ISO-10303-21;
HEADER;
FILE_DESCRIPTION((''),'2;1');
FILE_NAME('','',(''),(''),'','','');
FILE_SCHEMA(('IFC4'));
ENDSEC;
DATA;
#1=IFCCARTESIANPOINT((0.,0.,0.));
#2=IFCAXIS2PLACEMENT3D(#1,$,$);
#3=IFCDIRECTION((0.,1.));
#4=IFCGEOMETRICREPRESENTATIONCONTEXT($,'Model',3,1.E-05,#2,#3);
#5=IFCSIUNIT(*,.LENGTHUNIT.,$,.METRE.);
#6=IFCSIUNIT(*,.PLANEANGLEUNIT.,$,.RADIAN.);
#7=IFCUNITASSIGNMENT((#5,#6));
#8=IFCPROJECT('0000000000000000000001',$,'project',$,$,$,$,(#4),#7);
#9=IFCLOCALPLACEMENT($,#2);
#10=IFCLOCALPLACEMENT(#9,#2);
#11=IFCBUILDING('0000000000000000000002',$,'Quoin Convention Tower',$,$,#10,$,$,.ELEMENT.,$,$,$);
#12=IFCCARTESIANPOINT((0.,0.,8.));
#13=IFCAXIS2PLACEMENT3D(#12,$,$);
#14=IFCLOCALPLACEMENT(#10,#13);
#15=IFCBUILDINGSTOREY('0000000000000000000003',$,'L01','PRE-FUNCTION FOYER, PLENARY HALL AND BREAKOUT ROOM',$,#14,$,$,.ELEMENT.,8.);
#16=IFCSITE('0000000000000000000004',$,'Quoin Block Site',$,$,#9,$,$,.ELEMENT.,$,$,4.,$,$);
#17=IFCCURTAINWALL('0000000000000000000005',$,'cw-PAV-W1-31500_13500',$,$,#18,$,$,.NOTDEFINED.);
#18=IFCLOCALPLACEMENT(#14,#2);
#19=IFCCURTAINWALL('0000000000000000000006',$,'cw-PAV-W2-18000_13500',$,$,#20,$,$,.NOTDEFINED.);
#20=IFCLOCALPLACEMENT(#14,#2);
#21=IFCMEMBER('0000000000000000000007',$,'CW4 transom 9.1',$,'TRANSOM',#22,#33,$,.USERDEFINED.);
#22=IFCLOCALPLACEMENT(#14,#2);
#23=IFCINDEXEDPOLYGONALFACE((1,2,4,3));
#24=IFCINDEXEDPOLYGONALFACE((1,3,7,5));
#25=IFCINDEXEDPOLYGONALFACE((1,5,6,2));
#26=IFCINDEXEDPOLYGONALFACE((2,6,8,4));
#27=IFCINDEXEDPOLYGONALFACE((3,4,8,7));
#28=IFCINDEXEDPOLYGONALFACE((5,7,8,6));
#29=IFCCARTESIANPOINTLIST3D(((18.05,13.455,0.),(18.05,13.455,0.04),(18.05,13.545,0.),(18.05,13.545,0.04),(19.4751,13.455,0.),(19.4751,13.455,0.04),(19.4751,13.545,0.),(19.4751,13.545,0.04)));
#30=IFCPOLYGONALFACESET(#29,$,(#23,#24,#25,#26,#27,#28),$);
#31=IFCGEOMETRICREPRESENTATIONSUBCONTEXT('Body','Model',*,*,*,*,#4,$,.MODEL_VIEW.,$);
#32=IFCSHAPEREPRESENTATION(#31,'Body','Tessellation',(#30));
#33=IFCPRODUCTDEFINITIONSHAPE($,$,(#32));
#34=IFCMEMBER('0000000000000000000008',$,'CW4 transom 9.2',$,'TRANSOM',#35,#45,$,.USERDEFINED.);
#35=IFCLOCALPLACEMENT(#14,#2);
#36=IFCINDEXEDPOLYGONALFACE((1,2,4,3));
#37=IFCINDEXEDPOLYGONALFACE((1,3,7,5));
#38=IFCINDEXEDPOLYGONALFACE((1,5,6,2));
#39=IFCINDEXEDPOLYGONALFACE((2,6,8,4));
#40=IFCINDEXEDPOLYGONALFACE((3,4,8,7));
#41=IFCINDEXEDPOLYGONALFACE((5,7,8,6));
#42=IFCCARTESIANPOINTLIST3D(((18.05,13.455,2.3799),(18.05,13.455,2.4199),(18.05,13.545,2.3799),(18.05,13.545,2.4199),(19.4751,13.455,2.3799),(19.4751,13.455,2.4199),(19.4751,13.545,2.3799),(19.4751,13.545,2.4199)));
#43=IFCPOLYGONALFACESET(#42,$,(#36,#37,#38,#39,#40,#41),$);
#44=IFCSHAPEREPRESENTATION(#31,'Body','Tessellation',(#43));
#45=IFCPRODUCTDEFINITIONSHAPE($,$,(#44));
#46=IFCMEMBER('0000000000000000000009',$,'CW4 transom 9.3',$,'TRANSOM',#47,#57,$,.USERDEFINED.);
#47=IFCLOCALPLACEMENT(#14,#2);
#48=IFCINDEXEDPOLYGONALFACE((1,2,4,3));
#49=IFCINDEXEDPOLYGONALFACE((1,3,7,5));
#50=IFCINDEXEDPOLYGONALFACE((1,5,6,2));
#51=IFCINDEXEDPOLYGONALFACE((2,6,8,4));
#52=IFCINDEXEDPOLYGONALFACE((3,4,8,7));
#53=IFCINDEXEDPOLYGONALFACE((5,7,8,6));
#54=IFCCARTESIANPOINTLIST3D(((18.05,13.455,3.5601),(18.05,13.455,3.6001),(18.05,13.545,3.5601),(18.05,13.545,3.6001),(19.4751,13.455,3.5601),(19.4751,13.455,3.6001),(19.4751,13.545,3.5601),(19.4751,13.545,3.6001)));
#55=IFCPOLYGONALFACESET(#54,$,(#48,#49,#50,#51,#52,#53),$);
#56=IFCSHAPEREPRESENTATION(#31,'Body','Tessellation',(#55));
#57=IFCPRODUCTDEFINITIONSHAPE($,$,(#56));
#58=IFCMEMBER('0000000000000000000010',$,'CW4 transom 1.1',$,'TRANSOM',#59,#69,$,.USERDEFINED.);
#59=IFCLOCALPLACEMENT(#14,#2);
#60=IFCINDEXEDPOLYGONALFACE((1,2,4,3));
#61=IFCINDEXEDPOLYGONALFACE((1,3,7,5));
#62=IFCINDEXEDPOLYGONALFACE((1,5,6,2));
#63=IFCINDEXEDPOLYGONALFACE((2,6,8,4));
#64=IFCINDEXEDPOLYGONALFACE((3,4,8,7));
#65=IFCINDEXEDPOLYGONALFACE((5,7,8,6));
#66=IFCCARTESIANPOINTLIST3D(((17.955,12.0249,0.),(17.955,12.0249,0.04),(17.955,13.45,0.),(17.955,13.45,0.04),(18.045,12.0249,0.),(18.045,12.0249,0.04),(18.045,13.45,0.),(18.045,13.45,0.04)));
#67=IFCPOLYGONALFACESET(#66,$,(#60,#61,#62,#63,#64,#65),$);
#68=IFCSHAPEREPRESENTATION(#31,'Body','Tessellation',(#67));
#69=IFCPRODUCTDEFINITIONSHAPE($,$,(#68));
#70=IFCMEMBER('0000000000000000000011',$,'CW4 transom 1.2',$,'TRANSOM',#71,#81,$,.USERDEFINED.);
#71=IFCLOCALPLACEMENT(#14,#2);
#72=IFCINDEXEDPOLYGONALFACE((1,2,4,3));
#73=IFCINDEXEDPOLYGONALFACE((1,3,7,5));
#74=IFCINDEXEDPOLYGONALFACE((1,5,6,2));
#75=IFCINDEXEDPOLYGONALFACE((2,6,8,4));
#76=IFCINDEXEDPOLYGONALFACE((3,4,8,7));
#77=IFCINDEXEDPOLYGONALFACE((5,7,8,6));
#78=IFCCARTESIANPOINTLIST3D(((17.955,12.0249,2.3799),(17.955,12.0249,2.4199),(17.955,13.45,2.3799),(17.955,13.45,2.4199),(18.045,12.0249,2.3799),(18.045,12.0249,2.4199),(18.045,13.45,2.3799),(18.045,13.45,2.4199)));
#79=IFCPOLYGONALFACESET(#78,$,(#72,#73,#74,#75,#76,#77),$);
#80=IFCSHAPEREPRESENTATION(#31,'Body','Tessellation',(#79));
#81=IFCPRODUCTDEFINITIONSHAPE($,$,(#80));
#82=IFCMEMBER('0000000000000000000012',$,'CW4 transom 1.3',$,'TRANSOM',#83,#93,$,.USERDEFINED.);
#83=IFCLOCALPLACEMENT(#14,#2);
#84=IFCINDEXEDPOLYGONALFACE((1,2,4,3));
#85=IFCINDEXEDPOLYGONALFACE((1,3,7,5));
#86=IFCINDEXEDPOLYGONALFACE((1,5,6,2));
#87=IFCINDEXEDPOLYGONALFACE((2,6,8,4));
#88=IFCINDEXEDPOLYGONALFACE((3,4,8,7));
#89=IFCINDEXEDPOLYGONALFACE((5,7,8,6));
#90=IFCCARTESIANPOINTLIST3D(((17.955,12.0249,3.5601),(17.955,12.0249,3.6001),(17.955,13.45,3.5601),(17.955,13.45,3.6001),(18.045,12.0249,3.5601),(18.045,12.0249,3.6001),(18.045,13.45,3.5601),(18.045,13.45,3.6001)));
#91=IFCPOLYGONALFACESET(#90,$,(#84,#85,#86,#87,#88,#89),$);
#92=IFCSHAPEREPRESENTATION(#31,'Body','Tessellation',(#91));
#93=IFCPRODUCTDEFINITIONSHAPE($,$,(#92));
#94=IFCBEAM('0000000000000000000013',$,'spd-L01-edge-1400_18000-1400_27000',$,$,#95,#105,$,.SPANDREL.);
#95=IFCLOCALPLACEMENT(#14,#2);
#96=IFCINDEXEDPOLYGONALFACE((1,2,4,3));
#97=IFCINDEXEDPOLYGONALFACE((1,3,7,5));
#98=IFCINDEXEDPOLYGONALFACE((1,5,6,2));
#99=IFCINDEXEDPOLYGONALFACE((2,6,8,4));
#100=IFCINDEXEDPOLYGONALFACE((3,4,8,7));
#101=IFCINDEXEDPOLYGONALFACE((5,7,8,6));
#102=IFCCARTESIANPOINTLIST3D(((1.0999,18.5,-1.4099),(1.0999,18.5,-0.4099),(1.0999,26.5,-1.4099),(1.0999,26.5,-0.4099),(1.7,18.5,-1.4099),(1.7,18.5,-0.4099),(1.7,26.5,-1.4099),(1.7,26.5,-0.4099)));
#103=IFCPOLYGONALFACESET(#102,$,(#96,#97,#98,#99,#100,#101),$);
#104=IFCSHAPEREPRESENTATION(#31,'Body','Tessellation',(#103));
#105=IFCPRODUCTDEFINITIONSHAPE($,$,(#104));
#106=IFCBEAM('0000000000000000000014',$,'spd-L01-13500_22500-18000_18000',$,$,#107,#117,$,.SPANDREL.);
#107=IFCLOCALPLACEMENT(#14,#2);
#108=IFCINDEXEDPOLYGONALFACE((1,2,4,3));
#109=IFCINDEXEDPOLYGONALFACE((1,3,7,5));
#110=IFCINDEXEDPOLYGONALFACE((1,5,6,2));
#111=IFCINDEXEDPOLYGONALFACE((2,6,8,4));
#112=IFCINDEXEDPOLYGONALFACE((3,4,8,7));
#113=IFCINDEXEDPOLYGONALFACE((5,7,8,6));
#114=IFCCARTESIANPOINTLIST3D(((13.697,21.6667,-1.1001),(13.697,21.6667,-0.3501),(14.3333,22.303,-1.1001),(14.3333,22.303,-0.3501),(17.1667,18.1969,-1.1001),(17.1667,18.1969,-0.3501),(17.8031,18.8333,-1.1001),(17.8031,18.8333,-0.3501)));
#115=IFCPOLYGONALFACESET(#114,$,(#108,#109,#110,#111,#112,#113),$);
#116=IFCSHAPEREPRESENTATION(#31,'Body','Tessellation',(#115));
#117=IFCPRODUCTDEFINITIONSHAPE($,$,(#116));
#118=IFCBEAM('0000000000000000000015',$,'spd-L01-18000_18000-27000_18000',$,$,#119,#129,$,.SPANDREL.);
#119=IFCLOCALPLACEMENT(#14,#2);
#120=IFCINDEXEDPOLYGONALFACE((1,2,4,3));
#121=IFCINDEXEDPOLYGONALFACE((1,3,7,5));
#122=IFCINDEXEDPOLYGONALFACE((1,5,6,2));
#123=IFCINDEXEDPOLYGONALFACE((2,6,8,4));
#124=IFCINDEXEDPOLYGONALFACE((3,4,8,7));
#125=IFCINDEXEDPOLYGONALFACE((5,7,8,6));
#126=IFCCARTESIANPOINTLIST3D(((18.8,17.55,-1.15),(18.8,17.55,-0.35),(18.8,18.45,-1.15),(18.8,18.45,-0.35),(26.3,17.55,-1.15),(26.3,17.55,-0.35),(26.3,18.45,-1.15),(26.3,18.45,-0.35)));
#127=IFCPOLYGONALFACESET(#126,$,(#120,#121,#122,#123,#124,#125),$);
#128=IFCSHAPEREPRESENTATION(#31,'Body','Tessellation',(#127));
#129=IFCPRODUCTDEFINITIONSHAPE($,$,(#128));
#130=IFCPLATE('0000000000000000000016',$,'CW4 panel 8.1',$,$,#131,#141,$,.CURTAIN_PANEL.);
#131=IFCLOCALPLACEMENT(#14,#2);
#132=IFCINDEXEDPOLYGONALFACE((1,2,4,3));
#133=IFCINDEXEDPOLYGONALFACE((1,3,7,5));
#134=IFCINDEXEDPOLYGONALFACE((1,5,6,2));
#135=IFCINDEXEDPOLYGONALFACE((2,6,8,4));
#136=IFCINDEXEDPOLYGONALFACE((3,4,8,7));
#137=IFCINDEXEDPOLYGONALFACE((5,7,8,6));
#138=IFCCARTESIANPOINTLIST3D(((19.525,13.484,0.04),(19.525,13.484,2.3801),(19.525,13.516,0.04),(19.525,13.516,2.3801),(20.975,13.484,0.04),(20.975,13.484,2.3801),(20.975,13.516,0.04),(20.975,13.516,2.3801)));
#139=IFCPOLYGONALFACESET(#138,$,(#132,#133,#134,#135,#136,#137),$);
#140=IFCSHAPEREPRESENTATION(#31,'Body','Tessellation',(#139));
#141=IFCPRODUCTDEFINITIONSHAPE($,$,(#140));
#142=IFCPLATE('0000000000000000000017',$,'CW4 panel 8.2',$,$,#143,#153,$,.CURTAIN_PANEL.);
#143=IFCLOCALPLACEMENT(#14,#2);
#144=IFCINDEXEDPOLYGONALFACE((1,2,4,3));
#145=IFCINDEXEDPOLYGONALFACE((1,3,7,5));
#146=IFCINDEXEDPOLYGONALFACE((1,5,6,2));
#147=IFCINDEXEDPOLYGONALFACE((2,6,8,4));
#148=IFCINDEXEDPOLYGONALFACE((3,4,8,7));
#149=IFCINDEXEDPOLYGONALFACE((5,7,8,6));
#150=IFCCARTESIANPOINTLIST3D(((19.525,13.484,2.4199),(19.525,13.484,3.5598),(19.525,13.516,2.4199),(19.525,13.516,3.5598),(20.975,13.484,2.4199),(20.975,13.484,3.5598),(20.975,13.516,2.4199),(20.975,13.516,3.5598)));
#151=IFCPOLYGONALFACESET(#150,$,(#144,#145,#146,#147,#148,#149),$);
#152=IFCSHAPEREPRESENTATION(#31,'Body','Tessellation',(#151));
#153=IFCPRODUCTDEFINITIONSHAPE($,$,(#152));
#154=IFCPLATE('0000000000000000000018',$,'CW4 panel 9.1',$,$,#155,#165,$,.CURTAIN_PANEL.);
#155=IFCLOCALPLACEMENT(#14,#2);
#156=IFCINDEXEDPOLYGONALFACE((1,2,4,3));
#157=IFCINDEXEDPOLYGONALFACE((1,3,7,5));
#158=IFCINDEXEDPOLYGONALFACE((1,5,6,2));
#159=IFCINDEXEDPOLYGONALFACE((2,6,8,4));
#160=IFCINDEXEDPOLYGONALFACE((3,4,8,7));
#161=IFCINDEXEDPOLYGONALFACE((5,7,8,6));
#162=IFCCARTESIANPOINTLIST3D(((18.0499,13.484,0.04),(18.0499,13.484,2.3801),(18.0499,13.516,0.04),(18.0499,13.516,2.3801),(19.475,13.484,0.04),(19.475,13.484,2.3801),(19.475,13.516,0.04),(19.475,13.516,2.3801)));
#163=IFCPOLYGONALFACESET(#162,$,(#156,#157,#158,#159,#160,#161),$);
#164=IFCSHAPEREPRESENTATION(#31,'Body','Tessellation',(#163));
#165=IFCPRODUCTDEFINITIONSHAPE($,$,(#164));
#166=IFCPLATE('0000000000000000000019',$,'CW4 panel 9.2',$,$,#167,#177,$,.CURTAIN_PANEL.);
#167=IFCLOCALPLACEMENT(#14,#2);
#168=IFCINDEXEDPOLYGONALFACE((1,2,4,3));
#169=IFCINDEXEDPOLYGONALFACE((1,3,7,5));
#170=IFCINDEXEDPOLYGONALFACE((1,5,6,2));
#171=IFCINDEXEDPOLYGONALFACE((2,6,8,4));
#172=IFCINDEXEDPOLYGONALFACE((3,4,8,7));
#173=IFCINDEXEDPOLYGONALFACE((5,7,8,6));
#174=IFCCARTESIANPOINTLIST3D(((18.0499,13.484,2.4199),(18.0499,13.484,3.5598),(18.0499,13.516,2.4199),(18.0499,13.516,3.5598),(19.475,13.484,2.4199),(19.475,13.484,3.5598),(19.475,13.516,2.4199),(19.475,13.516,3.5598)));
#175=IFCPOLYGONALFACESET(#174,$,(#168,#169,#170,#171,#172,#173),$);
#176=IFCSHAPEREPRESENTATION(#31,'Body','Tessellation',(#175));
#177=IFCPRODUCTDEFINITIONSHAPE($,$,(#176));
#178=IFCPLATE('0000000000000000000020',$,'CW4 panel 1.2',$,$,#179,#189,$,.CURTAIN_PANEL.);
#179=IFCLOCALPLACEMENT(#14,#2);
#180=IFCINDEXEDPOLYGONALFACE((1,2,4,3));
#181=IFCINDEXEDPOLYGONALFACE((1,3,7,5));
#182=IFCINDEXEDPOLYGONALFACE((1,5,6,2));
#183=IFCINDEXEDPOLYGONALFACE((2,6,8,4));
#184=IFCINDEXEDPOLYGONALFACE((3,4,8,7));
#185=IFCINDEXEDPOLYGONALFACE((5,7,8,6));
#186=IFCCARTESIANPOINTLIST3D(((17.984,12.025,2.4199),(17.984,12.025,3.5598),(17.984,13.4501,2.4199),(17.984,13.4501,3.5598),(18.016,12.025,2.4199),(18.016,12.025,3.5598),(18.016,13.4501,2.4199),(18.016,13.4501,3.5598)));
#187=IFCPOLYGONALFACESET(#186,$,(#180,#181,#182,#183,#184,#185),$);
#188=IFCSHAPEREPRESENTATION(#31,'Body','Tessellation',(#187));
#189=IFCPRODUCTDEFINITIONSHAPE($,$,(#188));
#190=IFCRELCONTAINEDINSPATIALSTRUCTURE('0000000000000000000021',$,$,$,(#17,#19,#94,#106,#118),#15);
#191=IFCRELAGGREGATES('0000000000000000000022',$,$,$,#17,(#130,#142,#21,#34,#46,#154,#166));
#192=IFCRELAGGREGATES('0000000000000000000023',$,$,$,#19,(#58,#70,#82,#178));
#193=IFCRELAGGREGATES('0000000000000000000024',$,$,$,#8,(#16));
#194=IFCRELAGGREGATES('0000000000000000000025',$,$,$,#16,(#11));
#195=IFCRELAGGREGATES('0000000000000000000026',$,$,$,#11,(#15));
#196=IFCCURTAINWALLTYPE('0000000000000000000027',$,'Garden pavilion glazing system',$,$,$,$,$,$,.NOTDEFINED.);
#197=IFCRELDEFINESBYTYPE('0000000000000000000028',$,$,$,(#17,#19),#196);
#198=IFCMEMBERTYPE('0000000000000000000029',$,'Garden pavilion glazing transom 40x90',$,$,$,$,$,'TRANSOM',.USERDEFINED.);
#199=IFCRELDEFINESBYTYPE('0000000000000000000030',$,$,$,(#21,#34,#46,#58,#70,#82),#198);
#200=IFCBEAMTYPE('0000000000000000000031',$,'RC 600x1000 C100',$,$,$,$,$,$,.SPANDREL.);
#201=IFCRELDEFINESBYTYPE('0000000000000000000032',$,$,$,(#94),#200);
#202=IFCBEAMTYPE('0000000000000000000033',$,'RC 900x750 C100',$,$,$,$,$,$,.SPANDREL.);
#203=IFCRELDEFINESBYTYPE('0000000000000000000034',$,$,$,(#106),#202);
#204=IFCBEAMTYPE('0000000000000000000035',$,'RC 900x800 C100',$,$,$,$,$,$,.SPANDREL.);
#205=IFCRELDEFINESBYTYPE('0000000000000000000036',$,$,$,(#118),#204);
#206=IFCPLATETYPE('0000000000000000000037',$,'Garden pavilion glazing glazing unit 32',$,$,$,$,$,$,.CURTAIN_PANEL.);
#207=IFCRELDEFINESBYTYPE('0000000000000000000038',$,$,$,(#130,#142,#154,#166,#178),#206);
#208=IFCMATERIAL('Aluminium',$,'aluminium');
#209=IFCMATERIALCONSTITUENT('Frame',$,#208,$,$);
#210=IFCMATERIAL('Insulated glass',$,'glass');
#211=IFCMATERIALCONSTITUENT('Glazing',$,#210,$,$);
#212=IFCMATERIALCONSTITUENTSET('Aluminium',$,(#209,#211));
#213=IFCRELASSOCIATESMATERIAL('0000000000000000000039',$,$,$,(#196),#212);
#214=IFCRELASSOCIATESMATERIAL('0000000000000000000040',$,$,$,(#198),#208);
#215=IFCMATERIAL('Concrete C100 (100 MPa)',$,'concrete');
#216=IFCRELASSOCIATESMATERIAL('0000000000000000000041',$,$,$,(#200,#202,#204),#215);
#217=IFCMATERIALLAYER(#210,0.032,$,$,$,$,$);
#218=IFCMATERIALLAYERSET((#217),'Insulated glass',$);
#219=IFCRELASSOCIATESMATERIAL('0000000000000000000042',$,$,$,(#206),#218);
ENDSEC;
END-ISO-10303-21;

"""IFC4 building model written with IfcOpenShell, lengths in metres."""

from ifc_helpers import new_model, si_unit, direction, frame, origin, origin_2d, place, context, subcontext, project, spatial, rectangle, extrude, material, layer, layer_set, constituent, constituent_set, material_profile, profile_set, type_object, element, aggregate, save


model = new_model("IFC4")

# Units and contexts
model_context = context("Model", 3, precision=1e-05, world=origin(), true_north=direction((0.0, 1.0)))
body_context = subcontext(model_context, "Body", "Model", "MODEL_VIEW")
ifc_project = project(units=[si_unit("LENGTHUNIT", "METRE"), si_unit("PLANEANGLEUNIT", "RADIAN")], contexts=[model_context])

# Site, building, storey
site_placement = place(None, origin())
site = spatial("IfcSite", under=ifc_project, at=site_placement, Name="Quoin Block Site", CompositionType="ELEMENT", RefElevation=4.0)
building_placement = place(site_placement, origin())
building = spatial("IfcBuilding", under=site, at=building_placement, Name="Quoin Convention Tower", CompositionType="ELEMENT")
storey_placement = place(building_placement, frame((0.0, 0.0, 8.0)))
storey = spatial("IfcBuildingStorey", under=building, at=storey_placement, Name="L01", Description="PRE-FUNCTION FOYER, PLENARY HALL AND BREAKOUT ROOM", CompositionType="ELEMENT", Elevation=8.0)

# Shared definitions
ifc_material_1 = material(Name="Concrete C100 (100 MPa)", Category="concrete")

# Curtain wall
ifc_material_2 = material(Name="Aluminium", Category="aluminium")
ifc_constituent_1 = constituent(ifc_material_2, Name="Frame")
ifc_material_3 = material(Name="Insulated glass", Category="glass")
ifc_constituent_2 = constituent(ifc_material_3, Name="Glazing")
ifc_constituent_set_1 = constituent_set(constituents=[ifc_constituent_1, ifc_constituent_2], Name="Aluminium")
curtain_wall_type = type_object("IfcCurtainWallType", Name="Garden pavilion glazing system", PredefinedType="NOTDEFINED", material=ifc_constituent_set_1)
curtain_wall_1_placement = place(storey_placement, origin())
curtain_wall_1 = element("IfcCurtainWall", 1, at=curtain_wall_1_placement, inside=storey, type_object=curtain_wall_type, Name="cw-PAV-W1-31500_13500", PredefinedType="NOTDEFINED")

# Curtain wall
curtain_wall_2_placement = place(storey_placement, origin())
curtain_wall_2 = element("IfcCurtainWall", 2, at=curtain_wall_2_placement, inside=storey, type_object=curtain_wall_type, Name="cw-PAV-W2-18000_13500", PredefinedType="NOTDEFINED")

# Members
ifc_material_profile_1 = material_profile(ifc_material_2, rectangle(XDim=0.0901, YDim=0.04, at=origin_2d()), Name="Garden pavilion glazing transom 40x90")
ifc_profile_set_1 = profile_set([ifc_material_profile_1], Name="Aluminium")
member_type_1 = type_object("IfcMemberType", Name="Garden pavilion glazing transom 40x90", ElementType="TRANSOM", PredefinedType="USERDEFINED", material=ifc_profile_set_1)
member_1_placement = place(storey_placement, frame((19.4751, 13.5, 0.02), z_axis=(-1.0, 0.0, 0.0), x_axis=(0.0, -1.0, 0.0)))
member_1 = element("IfcMember", 3, at=member_1_placement, type_object=member_type_1, Name="CW4 transom 9.1", ObjectType="TRANSOM", PredefinedType="USERDEFINED", context=body_context, shape_type="SweptSolid", body=[
    extrude(rectangle(XDim=0.0901, YDim=0.04, at=origin_2d()), origin(), (0.0, 0.0, 1.0), 1.425),
])
member_2_placement = place(storey_placement, frame((19.4751, 13.5, 2.3999), z_axis=(-1.0, 0.0, 0.0), x_axis=(0.0, -1.0, 0.0)))
member_2 = element("IfcMember", 4, at=member_2_placement, type_object=member_type_1, Name="CW4 transom 9.2", ObjectType="TRANSOM", PredefinedType="USERDEFINED", context=body_context, shape_type="SweptSolid", body=[
    extrude(rectangle(XDim=0.0901, YDim=0.04, at=origin_2d()), origin(), (0.0, 0.0, 1.0), 1.425),
])
member_3_placement = place(storey_placement, frame((19.4751, 13.5, 3.5801), z_axis=(-1.0, 0.0, 0.0), x_axis=(0.0, -1.0, 0.0)))
member_3 = element("IfcMember", 5, at=member_3_placement, type_object=member_type_1, Name="CW4 transom 9.3", ObjectType="TRANSOM", PredefinedType="USERDEFINED", context=body_context, shape_type="SweptSolid", body=[
    extrude(rectangle(XDim=0.0901, YDim=0.04, at=origin_2d()), origin(), (0.0, 0.0, 1.0), 1.425),
])
member_4_placement = place(storey_placement, frame((18.0, 13.45, 0.02), z_axis=(0.0, -1.0, 0.0), x_axis=(1.0, 0.0, 0.0)))
member_4 = element("IfcMember", 6, at=member_4_placement, type_object=member_type_1, Name="CW4 transom 1.1", ObjectType="TRANSOM", PredefinedType="USERDEFINED", context=body_context, shape_type="SweptSolid", body=[
    extrude(rectangle(XDim=0.0901, YDim=0.04, at=origin_2d()), origin(), (0.0, 0.0, 1.0), 1.425),
])
member_5_placement = place(storey_placement, frame((18.0, 13.45, 2.3999), z_axis=(0.0, -1.0, 0.0), x_axis=(1.0, 0.0, 0.0)))
member_5 = element("IfcMember", 7, at=member_5_placement, type_object=member_type_1, Name="CW4 transom 1.2", ObjectType="TRANSOM", PredefinedType="USERDEFINED", context=body_context, shape_type="SweptSolid", body=[
    extrude(rectangle(XDim=0.0901, YDim=0.04, at=origin_2d()), origin(), (0.0, 0.0, 1.0), 1.425),
])
member_6_placement = place(storey_placement, frame((18.0, 13.45, 3.5801), z_axis=(0.0, -1.0, 0.0), x_axis=(1.0, 0.0, 0.0)))
member_6 = element("IfcMember", 8, at=member_6_placement, type_object=member_type_1, Name="CW4 transom 1.3", ObjectType="TRANSOM", PredefinedType="USERDEFINED", context=body_context, shape_type="SweptSolid", body=[
    extrude(rectangle(XDim=0.0901, YDim=0.04, at=origin_2d()), origin(), (0.0, 0.0, 1.0), 1.425),
])

# Beams
ifc_material_profile_2 = material_profile(ifc_material_1, rectangle(XDim=0.6001, YDim=1.0, at=origin_2d()), Name="RC 600x1000")
ifc_profile_set_2 = profile_set([ifc_material_profile_2], Name="Concrete C100 (100 MPa)")
beam_type_1 = type_object("IfcBeamType", Name="RC 600x1000 C100", PredefinedType="SPANDREL", material=ifc_profile_set_2)
beam_1_placement = place(storey_placement, frame((1.3999, 18.5, -0.9099), z_axis=(0.0, 1.0, 0.0), x_axis=(-1.0, 0.0, 0.0)))
element("IfcBeam", 9, at=beam_1_placement, inside=storey, type_object=beam_type_1, Name="spd-L01-edge-1400_18000-1400_27000", PredefinedType="SPANDREL", context=body_context, shape_type="SweptSolid", body=[
    extrude(rectangle(XDim=0.6001, YDim=1.0, at=origin_2d()), origin(), (0.0, 0.0, 1.0), 8.0),
])
ifc_material_profile_3 = material_profile(ifc_material_1, rectangle(XDim=0.8999, YDim=0.75, at=origin_2d()), Name="RC 900x750")
ifc_profile_set_3 = profile_set([ifc_material_profile_3], Name="Concrete C100 (100 MPa)")
beam_type_2 = type_object("IfcBeamType", Name="RC 900x750 C100", PredefinedType="SPANDREL", material=ifc_profile_set_3)
beam_2_placement = place(storey_placement, frame((14.0151, 21.9849, -0.7251), z_axis=(0.707107, -0.707107, 0.0), x_axis=(0.707107, 0.707107, 0.0)))
element("IfcBeam", 10, at=beam_2_placement, inside=storey, type_object=beam_type_2, Name="spd-L01-13500_22500-18000_18000", PredefinedType="SPANDREL", context=body_context, shape_type="SweptSolid", body=[
    extrude(rectangle(XDim=0.8999, YDim=0.75, at=origin_2d()), origin(), (0.0, 0.0, 1.0), 4.907),
])
ifc_material_profile_4 = material_profile(ifc_material_1, rectangle(XDim=0.8999, YDim=0.8, at=origin_2d()), Name="RC 900x800")
ifc_profile_set_4 = profile_set([ifc_material_profile_4], Name="Concrete C100 (100 MPa)")
beam_type_3 = type_object("IfcBeamType", Name="RC 900x800 C100", PredefinedType="SPANDREL", material=ifc_profile_set_4)
beam_3_placement = place(storey_placement, frame((18.8, 18.0, -0.75), z_axis=(1.0, 0.0, 0.0), x_axis=(0.0, 1.0, 0.0)))
element("IfcBeam", 11, at=beam_3_placement, inside=storey, type_object=beam_type_3, Name="spd-L01-18000_18000-27000_18000", PredefinedType="SPANDREL", context=body_context, shape_type="SweptSolid", body=[
    extrude(rectangle(XDim=0.8999, YDim=0.8, at=origin_2d()), origin(), (0.0, 0.0, 1.0), 7.5),
])

# Plates
ifc_layer_1 = layer(ifc_material_3, 0.032)
ifc_layer_set_1 = layer_set([ifc_layer_1], Name="Insulated glass")
plate_type = type_object("IfcPlateType", Name="Garden pavilion glazing glazing unit 32", PredefinedType="CURTAIN_PANEL", material=ifc_layer_set_1)
plate_1_placement = place(storey_placement, frame((20.25, 13.5, 0.04), z_axis=(0.0, 0.0, 1.0), x_axis=(-1.0, 0.0, 0.0)))
plate_1 = element("IfcPlate", 12, at=plate_1_placement, type_object=plate_type, Name="CW4 panel 8.1", PredefinedType="CURTAIN_PANEL", context=body_context, shape_type="SweptSolid", body=[
    extrude(rectangle(XDim=1.45, YDim=0.032, at=origin_2d()), origin(), (0.0, 0.0, 1.0), 2.3401),
])
plate_2_placement = place(storey_placement, frame((20.25, 13.5, 2.4199), z_axis=(0.0, 0.0, 1.0), x_axis=(-1.0, 0.0, 0.0)))
plate_2 = element("IfcPlate", 13, at=plate_2_placement, type_object=plate_type, Name="CW4 panel 8.2", PredefinedType="CURTAIN_PANEL", context=body_context, shape_type="SweptSolid", body=[
    extrude(rectangle(XDim=1.45, YDim=0.032, at=origin_2d()), origin(), (0.0, 0.0, 1.0), 1.1399),
])
plate_3_placement = place(storey_placement, frame((18.7625, 13.5, 0.04), z_axis=(0.0, 0.0, 1.0), x_axis=(-1.0, 0.0, 0.0)))
plate_3 = element("IfcPlate", 14, at=plate_3_placement, type_object=plate_type, Name="CW4 panel 9.1", PredefinedType="CURTAIN_PANEL", context=body_context, shape_type="SweptSolid", body=[
    extrude(rectangle(XDim=1.425, YDim=0.032, at=origin_2d()), origin(), (0.0, 0.0, 1.0), 2.3401),
])
plate_4_placement = place(storey_placement, frame((18.7625, 13.5, 2.4199), z_axis=(0.0, 0.0, 1.0), x_axis=(-1.0, 0.0, 0.0)))
plate_4 = element("IfcPlate", 15, at=plate_4_placement, type_object=plate_type, Name="CW4 panel 9.2", PredefinedType="CURTAIN_PANEL", context=body_context, shape_type="SweptSolid", body=[
    extrude(rectangle(XDim=1.425, YDim=0.032, at=origin_2d()), origin(), (0.0, 0.0, 1.0), 1.1399),
])
aggregate(curtain_wall_1, [plate_1, plate_2, member_1, member_2, member_3, plate_3, plate_4])
plate_5_placement = place(storey_placement, frame((18.0, 12.7375, 2.4199), z_axis=(0.0, 0.0, 1.0), x_axis=(0.0, -1.0, 0.0)))
plate_5 = element("IfcPlate", 16, at=plate_5_placement, type_object=plate_type, Name="CW4 panel 1.2", PredefinedType="CURTAIN_PANEL", context=body_context, shape_type="SweptSolid", body=[
    extrude(rectangle(XDim=1.425, YDim=0.032, at=origin_2d()), origin(), (0.0, 0.0, 1.0), 1.1399),
])
aggregate(curtain_wall_2, [member_4, member_5, member_6, plate_5])

save(model, "model.ifc")
